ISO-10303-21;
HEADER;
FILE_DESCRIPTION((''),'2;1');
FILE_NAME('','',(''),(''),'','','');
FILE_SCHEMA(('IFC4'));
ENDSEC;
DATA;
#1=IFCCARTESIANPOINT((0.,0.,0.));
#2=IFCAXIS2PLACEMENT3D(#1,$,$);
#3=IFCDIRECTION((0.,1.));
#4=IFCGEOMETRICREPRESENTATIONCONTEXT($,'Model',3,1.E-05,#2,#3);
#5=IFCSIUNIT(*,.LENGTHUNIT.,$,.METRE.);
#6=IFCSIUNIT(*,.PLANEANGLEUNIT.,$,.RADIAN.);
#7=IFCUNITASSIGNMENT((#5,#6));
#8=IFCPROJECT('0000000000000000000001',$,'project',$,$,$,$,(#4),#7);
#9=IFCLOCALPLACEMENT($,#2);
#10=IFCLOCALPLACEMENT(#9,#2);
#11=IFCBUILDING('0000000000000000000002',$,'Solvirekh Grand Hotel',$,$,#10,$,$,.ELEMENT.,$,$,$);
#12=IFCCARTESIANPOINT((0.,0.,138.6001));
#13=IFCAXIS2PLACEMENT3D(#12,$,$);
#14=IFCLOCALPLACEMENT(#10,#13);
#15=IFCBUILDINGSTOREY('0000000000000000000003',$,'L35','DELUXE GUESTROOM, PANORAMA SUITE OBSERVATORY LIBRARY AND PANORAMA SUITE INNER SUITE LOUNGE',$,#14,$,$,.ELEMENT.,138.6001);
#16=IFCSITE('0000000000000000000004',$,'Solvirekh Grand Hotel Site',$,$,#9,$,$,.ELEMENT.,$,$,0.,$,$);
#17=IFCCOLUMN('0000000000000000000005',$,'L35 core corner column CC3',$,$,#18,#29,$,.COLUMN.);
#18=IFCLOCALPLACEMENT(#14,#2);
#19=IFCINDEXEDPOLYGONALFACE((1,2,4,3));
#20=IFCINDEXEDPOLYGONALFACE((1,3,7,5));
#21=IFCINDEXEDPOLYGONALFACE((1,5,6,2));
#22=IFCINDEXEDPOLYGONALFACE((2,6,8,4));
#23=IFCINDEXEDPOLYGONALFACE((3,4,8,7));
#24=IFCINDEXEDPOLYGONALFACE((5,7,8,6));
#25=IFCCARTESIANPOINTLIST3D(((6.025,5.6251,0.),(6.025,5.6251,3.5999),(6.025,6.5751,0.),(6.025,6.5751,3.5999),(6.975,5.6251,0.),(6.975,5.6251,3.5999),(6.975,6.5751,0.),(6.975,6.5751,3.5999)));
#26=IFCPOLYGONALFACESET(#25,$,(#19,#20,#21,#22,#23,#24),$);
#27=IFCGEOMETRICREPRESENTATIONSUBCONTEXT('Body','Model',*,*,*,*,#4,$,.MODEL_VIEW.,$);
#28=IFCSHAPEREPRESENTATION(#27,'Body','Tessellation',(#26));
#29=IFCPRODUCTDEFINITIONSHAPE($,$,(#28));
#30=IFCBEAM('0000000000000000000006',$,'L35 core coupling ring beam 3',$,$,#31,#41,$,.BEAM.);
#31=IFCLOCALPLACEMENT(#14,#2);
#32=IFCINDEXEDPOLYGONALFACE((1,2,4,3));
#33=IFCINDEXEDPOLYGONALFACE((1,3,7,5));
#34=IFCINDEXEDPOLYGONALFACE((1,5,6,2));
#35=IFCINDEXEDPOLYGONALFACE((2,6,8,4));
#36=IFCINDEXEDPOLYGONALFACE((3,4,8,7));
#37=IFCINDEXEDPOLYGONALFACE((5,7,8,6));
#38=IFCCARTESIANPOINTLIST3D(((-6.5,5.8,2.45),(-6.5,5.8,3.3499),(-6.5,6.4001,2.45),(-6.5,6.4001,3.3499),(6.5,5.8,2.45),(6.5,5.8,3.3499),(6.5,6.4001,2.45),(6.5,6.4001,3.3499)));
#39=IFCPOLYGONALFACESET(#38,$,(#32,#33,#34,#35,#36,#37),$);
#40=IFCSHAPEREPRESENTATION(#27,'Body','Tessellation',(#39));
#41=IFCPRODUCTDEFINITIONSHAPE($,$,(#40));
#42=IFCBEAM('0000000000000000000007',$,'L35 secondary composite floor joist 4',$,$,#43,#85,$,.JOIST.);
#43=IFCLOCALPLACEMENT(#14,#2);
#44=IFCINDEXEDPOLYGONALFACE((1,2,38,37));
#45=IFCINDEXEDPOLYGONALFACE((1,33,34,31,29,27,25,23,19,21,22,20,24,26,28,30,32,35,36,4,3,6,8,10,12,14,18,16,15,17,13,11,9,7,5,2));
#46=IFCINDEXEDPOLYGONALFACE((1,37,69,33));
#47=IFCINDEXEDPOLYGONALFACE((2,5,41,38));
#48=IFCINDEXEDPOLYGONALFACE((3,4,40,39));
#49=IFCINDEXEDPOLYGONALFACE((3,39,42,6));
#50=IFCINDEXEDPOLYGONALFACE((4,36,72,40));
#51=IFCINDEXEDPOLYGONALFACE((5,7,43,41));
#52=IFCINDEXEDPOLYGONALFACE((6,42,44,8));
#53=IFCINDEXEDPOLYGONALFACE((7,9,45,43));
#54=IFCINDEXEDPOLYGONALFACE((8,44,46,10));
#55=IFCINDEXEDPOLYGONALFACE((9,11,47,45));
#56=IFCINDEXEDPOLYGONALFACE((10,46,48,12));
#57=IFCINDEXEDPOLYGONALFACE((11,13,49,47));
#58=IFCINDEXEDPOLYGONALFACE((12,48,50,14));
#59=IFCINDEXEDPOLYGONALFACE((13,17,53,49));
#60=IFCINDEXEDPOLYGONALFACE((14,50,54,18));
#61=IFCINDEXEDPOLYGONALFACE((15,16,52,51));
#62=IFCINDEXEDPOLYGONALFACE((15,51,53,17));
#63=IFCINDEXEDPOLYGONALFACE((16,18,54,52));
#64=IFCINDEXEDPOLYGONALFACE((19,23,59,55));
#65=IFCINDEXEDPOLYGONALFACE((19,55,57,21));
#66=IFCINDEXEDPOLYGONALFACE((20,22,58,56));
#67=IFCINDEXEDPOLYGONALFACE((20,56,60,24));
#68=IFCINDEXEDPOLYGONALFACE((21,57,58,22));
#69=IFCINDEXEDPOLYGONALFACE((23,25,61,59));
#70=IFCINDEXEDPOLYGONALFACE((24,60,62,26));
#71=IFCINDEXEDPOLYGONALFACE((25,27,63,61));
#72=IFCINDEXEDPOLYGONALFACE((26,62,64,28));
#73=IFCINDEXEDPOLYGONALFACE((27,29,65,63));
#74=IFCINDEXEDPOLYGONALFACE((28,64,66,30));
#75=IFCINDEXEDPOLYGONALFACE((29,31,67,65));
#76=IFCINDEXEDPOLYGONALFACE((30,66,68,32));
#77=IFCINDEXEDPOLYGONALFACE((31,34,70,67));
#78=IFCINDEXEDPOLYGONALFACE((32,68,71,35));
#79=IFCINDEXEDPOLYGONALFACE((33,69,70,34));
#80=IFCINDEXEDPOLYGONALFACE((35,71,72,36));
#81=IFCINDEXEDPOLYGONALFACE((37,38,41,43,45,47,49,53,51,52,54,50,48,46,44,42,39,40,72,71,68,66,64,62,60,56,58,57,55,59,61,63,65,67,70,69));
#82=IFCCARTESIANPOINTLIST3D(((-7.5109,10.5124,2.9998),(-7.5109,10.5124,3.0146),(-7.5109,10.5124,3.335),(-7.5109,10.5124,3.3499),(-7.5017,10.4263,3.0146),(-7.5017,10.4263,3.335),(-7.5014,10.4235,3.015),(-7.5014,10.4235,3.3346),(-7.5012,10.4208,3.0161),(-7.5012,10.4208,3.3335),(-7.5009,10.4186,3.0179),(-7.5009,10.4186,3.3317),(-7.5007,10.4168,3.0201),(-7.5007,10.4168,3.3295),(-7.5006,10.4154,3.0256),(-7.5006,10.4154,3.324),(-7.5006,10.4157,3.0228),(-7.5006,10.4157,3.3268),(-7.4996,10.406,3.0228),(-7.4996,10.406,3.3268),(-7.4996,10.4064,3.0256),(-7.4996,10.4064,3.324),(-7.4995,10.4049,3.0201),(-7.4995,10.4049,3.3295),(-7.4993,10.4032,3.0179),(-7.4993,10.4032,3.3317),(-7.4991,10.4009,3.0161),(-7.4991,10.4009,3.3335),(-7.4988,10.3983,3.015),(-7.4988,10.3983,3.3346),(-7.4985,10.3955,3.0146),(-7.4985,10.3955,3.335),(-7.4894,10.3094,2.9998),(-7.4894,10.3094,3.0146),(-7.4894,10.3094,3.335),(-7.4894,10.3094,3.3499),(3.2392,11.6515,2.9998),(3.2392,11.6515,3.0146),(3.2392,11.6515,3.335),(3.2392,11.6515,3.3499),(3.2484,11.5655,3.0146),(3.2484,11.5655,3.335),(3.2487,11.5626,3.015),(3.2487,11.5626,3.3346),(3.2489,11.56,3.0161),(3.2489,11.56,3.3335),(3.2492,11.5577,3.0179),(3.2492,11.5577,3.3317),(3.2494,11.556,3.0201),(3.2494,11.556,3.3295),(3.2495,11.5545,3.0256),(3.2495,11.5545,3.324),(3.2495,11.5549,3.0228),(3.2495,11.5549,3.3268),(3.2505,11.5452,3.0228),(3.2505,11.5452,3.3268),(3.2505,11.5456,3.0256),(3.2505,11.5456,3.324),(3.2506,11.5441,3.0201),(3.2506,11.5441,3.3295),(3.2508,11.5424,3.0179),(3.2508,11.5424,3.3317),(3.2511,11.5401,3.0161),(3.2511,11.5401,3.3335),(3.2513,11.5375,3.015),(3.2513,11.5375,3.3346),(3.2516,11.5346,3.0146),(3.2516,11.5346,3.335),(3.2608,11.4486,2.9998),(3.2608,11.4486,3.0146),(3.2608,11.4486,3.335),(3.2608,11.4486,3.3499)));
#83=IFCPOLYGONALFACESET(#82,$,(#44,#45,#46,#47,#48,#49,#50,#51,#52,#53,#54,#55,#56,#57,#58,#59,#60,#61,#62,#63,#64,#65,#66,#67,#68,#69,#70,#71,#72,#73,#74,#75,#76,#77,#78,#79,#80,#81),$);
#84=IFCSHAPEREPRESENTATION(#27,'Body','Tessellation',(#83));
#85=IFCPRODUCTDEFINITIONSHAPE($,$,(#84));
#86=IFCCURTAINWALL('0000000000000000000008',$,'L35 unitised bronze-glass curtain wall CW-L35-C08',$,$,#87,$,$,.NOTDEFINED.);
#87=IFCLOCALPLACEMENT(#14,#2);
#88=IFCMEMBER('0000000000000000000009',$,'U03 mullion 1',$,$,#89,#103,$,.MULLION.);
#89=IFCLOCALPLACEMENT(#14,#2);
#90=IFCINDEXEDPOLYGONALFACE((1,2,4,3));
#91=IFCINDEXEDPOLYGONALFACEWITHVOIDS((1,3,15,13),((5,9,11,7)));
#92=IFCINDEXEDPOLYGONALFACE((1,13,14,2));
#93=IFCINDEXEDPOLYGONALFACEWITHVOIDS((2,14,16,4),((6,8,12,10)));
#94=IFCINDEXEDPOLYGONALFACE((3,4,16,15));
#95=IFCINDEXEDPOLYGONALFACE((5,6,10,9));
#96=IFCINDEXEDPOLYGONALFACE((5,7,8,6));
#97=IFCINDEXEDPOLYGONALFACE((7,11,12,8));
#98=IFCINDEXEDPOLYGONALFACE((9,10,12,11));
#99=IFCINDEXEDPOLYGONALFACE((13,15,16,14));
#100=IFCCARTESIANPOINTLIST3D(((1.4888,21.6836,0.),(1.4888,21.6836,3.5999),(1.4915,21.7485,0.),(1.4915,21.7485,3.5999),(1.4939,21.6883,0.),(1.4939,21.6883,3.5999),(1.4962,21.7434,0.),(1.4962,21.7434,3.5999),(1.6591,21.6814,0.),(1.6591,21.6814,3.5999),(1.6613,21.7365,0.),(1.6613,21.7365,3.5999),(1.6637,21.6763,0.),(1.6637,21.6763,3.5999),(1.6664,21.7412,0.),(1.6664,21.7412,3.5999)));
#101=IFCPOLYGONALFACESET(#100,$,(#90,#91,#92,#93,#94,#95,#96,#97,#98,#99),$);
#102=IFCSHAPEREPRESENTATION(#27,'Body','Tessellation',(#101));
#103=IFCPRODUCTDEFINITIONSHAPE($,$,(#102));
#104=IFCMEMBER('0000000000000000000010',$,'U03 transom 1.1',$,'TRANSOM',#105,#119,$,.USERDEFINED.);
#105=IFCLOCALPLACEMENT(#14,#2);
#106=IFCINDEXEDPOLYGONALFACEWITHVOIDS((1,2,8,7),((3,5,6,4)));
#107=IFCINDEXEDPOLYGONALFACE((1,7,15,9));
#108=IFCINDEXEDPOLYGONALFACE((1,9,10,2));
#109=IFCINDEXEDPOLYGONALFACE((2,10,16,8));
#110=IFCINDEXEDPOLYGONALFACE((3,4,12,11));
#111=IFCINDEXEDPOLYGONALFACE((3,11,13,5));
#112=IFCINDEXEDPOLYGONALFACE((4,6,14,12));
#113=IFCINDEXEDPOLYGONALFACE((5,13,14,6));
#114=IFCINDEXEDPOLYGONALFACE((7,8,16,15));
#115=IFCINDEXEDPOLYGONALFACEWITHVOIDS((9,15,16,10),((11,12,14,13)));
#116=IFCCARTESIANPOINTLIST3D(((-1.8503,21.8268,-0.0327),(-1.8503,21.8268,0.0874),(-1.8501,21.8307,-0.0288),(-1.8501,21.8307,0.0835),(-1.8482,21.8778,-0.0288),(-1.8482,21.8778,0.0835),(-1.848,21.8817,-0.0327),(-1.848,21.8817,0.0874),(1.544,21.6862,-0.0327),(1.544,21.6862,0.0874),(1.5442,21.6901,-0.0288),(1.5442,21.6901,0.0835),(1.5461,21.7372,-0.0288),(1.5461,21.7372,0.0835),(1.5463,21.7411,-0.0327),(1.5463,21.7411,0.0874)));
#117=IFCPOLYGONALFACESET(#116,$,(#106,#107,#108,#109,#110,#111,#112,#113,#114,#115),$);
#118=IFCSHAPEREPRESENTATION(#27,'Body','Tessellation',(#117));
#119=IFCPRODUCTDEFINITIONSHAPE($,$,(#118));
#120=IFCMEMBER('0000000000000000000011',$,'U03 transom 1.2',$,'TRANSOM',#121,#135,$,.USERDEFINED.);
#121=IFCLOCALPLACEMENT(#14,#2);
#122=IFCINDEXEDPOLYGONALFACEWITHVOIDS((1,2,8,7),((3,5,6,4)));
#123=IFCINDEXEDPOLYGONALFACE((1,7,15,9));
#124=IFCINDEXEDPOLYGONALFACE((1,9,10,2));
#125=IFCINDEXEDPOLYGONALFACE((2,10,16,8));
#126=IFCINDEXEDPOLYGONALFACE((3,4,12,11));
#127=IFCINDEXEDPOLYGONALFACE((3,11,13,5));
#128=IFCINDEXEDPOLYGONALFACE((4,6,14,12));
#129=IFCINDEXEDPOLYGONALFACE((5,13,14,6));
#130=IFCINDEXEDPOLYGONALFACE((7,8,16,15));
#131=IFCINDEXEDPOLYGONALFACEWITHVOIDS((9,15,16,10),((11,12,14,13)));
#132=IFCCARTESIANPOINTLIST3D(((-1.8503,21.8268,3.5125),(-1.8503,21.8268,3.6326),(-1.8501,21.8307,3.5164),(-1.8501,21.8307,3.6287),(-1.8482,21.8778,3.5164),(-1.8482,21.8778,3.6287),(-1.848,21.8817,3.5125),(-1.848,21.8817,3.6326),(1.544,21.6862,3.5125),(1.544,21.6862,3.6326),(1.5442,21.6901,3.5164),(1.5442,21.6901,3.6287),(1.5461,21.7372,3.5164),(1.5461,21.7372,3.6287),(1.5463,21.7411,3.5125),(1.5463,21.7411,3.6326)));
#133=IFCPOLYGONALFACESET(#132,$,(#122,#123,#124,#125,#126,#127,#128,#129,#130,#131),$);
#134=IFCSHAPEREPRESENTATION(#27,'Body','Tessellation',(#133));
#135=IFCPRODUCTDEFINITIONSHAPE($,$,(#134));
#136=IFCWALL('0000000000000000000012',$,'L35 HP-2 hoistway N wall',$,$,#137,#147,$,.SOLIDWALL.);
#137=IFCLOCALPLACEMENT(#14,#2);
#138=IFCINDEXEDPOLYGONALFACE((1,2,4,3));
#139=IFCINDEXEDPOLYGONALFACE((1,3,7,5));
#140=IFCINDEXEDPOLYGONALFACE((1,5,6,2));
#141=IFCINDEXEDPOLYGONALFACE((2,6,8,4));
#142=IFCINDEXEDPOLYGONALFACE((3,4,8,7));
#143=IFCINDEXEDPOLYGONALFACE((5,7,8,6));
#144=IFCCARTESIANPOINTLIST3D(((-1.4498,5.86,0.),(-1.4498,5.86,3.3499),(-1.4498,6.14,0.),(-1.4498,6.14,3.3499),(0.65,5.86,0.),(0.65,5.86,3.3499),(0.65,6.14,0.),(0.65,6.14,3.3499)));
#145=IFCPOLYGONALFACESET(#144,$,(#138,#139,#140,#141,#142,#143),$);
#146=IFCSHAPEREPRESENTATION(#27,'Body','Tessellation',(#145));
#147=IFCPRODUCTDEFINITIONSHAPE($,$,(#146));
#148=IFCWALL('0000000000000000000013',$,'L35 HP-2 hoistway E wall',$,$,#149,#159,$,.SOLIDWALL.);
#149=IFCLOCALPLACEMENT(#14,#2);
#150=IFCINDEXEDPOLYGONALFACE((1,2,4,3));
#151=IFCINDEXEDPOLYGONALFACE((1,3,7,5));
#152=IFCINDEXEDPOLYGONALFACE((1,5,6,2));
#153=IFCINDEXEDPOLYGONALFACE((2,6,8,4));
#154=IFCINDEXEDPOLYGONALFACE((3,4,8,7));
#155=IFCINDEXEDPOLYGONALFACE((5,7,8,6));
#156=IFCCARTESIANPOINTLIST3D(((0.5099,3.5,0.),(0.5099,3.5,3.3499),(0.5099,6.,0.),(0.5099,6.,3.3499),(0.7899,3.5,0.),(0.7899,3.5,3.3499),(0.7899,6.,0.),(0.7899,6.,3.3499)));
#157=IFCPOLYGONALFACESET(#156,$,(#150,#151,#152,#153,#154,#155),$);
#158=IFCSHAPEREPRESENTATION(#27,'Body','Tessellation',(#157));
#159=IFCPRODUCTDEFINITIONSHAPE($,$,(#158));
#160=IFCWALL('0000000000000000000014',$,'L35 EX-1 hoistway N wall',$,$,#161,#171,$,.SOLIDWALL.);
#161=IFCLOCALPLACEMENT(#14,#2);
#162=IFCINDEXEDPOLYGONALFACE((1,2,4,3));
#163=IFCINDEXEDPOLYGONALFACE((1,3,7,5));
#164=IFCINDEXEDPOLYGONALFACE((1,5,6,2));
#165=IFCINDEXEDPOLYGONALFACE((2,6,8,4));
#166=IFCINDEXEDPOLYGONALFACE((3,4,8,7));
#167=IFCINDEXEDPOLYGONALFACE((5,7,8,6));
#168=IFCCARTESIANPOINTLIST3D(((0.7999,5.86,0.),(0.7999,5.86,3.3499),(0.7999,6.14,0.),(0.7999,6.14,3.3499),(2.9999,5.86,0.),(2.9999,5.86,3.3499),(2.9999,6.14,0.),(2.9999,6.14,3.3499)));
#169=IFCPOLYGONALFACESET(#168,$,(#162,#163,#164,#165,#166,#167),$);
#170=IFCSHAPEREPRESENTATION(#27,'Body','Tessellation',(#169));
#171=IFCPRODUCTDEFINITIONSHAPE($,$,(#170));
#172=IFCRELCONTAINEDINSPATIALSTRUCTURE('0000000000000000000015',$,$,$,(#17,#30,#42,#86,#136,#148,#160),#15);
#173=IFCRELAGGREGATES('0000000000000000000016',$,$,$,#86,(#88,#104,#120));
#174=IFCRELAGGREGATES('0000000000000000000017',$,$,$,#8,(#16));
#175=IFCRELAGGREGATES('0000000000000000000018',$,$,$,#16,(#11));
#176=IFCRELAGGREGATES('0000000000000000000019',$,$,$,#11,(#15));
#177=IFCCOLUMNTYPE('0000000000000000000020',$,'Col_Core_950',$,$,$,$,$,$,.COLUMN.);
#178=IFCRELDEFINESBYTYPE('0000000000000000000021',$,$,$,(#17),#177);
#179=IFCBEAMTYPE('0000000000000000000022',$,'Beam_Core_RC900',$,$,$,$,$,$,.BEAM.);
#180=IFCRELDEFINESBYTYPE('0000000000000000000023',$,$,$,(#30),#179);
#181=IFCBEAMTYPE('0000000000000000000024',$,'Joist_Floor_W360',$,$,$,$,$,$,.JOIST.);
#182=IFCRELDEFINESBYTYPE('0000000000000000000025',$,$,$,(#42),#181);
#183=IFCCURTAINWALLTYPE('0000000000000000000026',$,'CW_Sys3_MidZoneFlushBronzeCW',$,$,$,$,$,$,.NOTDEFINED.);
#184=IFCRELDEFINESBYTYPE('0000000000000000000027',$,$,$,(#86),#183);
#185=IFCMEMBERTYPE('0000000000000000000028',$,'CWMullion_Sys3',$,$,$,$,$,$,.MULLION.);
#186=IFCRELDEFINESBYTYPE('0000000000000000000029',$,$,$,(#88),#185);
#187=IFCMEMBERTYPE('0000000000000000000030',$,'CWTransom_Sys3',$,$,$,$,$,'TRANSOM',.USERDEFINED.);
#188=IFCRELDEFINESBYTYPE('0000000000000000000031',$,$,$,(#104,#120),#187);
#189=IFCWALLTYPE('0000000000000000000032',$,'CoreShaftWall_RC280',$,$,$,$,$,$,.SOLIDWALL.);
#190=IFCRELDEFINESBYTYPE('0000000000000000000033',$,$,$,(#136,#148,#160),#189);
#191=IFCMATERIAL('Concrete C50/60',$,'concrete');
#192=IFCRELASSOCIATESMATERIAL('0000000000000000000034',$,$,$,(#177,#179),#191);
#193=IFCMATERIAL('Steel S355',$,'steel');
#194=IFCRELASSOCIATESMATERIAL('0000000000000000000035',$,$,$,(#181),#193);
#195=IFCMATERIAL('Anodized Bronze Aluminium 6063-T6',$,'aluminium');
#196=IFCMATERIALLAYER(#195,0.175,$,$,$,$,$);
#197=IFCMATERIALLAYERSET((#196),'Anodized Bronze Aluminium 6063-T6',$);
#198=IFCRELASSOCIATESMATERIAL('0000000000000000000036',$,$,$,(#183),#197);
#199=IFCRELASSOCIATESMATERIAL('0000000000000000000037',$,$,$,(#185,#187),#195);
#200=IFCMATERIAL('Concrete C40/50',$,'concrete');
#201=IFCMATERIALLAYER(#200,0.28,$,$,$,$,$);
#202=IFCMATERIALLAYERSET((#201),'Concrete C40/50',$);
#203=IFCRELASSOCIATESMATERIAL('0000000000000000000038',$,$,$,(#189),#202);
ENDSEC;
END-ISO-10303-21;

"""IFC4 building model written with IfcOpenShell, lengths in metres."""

from ifc_helpers import new_model, si_unit, direction, frame, frame_2d, origin, origin_2d, place, context, subcontext, project, spatial, rectangle, hollow_rectangle, i_section, extrude, source, transform, mapped, material, layer, layer_set, material_profile, profile_set, type_object, element, aggregate, save


model = new_model("IFC4")

# Units and contexts
model_context = context("Model", 3, precision=1e-05, world=origin(), true_north=direction((0.0, 1.0)))
body_context = subcontext(model_context, "Body", "Model", "MODEL_VIEW")
ifc_project = project(units=[si_unit("LENGTHUNIT", "METRE"), si_unit("PLANEANGLEUNIT", "RADIAN")], contexts=[model_context])

# Site, building, storey
site_placement = place(None, origin())
site = spatial("IfcSite", under=ifc_project, at=site_placement, Name="Solvirekh Grand Hotel Site", CompositionType="ELEMENT", RefElevation=0.0)
building_placement = place(site_placement, origin())
building = spatial("IfcBuilding", under=site, at=building_placement, Name="Solvirekh Grand Hotel", CompositionType="ELEMENT")
storey_placement = place(building_placement, frame((0.0, 0.0, 138.6001)))
storey = spatial("IfcBuildingStorey", under=building, at=storey_placement, Name="L35", Description="DELUXE GUESTROOM, PANORAMA SUITE OBSERVATORY LIBRARY AND PANORAMA SUITE INNER SUITE LOUNGE", CompositionType="ELEMENT", Elevation=138.6001)

# Column
ifc_material_1 = material(Name="Concrete C50/60", Category="concrete")
ifc_material_profile_1 = material_profile(ifc_material_1, rectangle(XDim=0.95, YDim=0.95, at=origin_2d()), Name="RC 950X950")
ifc_profile_set_1 = profile_set([ifc_material_profile_1], Name="Concrete C50/60")
column_type = type_object("IfcColumnType", Name="Col_Core_950", PredefinedType="COLUMN", material=ifc_profile_set_1)
column_placement = place(storey_placement, frame((6.5, 6.1001, 0.0), z_axis=(0.0, 0.0, 1.0), x_axis=(1.0, 0.0, 0.0)))
element("IfcColumn", 1, at=column_placement, inside=storey, type_object=column_type, Name="L35 core corner column CC3", PredefinedType="COLUMN", context=body_context, shape_type="SweptSolid", body=[
    extrude(rectangle(XDim=0.95, YDim=0.95, at=origin_2d()), origin(), (0.0, 0.0, 1.0), 3.5999),
])

# Beams
ifc_material_profile_2 = material_profile(ifc_material_1, rectangle(XDim=0.6001, YDim=0.8999, at=origin_2d()), Name="RC BEAM 600X900")
ifc_profile_set_2 = profile_set([ifc_material_profile_2], Name="Concrete C50/60")
beam_type_1 = type_object("IfcBeamType", Name="Beam_Core_RC900", PredefinedType="BEAM", material=ifc_profile_set_2)
beam_1_placement = place(storey_placement, frame((6.5, 6.1001, 2.8999), z_axis=(-1.0, 0.0, 0.0), x_axis=(0.0, -1.0, 0.0)))
element("IfcBeam", 2, at=beam_1_placement, inside=storey, type_object=beam_type_1, Name="L35 core coupling ring beam 3", PredefinedType="BEAM", context=body_context, shape_type="SweptSolid", body=[
    extrude(rectangle(XDim=0.6001, YDim=0.8999, at=origin_2d()), origin(), (0.0, 0.0, 1.0), 13.0),
])
ifc_material_2 = material(Name="Steel S355", Category="steel")
ifc_material_profile_3 = material_profile(ifc_material_2, i_section(OverallWidth=0.2041, OverallDepth=0.3501, WebThickness=0.009, FlangeThickness=0.0149, FilletRadius=0.011, at=origin_2d()), Name="W360X72")
ifc_profile_set_3 = profile_set([ifc_material_profile_3], Name="Steel S355")
beam_type_2 = type_object("IfcBeamType", Name="Joist_Floor_W360", PredefinedType="JOIST", material=ifc_profile_set_3)
beam_2_placement = place(storey_placement, frame((3.25, 11.55, 3.1748), z_axis=(-0.994432, -0.105378, 0.0), x_axis=(0.105378, -0.994432, 0.0)))
element("IfcBeam", 3, at=beam_2_placement, inside=storey, type_object=beam_type_2, Name="L35 secondary composite floor joist 4", PredefinedType="JOIST", context=body_context, shape_type="SweptSolid", body=[
    extrude(i_section(OverallWidth=0.2041, OverallDepth=0.3501, WebThickness=0.009, FlangeThickness=0.0149, FilletRadius=0.011, at=origin_2d()), origin(), (0.0, 0.0, 1.0), 10.8103),
])

# Curtain wall, members
ifc_material_3 = material(Name="Anodized Bronze Aluminium 6063-T6", Category="aluminium")
ifc_layer_1 = layer(ifc_material_3, 0.175)
ifc_layer_set_1 = layer_set([ifc_layer_1], Name="Anodized Bronze Aluminium 6063-T6")
curtain_wall_type = type_object("IfcCurtainWallType", Name="CW_Sys3_MidZoneFlushBronzeCW", PredefinedType="NOTDEFINED", material=ifc_layer_set_1)
curtain_wall_placement = place(storey_placement, origin())
curtain_wall = element("IfcCurtainWall", 4, at=curtain_wall_placement, inside=storey, type_object=curtain_wall_type, Name="L35 unitised bronze-glass curtain wall CW-L35-C08", PredefinedType="NOTDEFINED")
ifc_material_profile_4 = material_profile(ifc_material_3, hollow_rectangle(XDim=0.0649, YDim=0.175, WallThickness=0.0049, at=origin_2d()), Name="ALU RHS 175X65X5")
ifc_profile_set_4 = profile_set([ifc_material_profile_4], Name="Anodized Bronze Aluminium 6063-T6")
member_type_1 = type_object("IfcMemberType", Name="CWMullion_Sys3", PredefinedType="MULLION", material=ifc_profile_set_4)
shared_shape_1 = source(origin(), body_context, "Body", "SweptSolid", [
    extrude(hollow_rectangle(XDim=0.0649, YDim=0.175, WallThickness=0.0049, at=origin_2d()), origin(), (0.0, 0.0, 1.0), 3.5999),
])
member_1_placement = place(storey_placement, frame((1.5776, 21.7124, 0.0), z_axis=(0.0, 0.0, 1.0), x_axis=(-0.041351, -0.999145, 0.0)))
member_1 = element("IfcMember", 5, at=member_1_placement, type_object=member_type_1, Name="U03 mullion 1", PredefinedType="MULLION", context=body_context, shape_type="MappedRepresentation", body=[
    mapped(shared_shape_1, transform((0.0, 0.0, 0.0), x_axis=(1.0, 0.0, 0.0), y_axis=(0.0, 1.0, 0.0), z_axis=(0.0, 0.0, 1.0), scale=1.0)),
])
ifc_material_profile_5 = material_profile(ifc_material_3, hollow_rectangle(XDim=0.0549, YDim=0.1201, WallThickness=0.0039, at=origin_2d()), Name="ALU RHS 120X55X4")
ifc_profile_set_5 = profile_set([ifc_material_profile_5], Name="Anodized Bronze Aluminium 6063-T6")
member_type_2 = type_object("IfcMemberType", Name="CWTransom_Sys3", ElementType="TRANSOM", PredefinedType="USERDEFINED", material=ifc_profile_set_5)
shared_shape_2 = source(origin(), body_context, "Body", "SweptSolid", [
    extrude(hollow_rectangle(XDim=0.0549, YDim=0.1201, WallThickness=0.0039, at=origin_2d()), origin(), (0.0, 0.0, 1.0), 3.3972),
])
member_2_placement = place(storey_placement, frame((1.5452, 21.7136, 0.0273), z_axis=(-0.999143, 0.041394, 0.0), x_axis=(-0.041394, -0.999143, 0.0)))
member_2 = element("IfcMember", 6, at=member_2_placement, type_object=member_type_2, Name="U03 transom 1.1", ObjectType="TRANSOM", PredefinedType="USERDEFINED", context=body_context, shape_type="MappedRepresentation", body=[
    mapped(shared_shape_2, transform((0.0, 0.0, 0.0), x_axis=(1.0, 0.0, 0.0), y_axis=(0.0, 1.0, 0.0), z_axis=(0.0, 0.0, 1.0), scale=1.0)),
])
member_3_placement = place(storey_placement, frame((1.5452, 21.7136, 3.5725), z_axis=(-0.999143, 0.041394, 0.0), x_axis=(-0.041394, -0.999143, 0.0)))
member_3 = element("IfcMember", 7, at=member_3_placement, type_object=member_type_2, Name="U03 transom 1.2", ObjectType="TRANSOM", PredefinedType="USERDEFINED", context=body_context, shape_type="MappedRepresentation", body=[
    mapped(shared_shape_2, transform((0.0, 0.0, 0.0), x_axis=(1.0, 0.0, 0.0), y_axis=(0.0, 1.0, 0.0), z_axis=(0.0, 0.0, 1.0), scale=1.0)),
])
aggregate(curtain_wall, [member_1, member_2, member_3])

# Walls
ifc_material_4 = material(Name="Concrete C40/50", Category="concrete")
ifc_layer_2 = layer(ifc_material_4, 0.28)
ifc_layer_set_2 = layer_set([ifc_layer_2], Name="Concrete C40/50")
wall_type_1 = type_object("IfcWallType", Name="CoreShaftWall_RC280", PredefinedType="SOLIDWALL", material=ifc_layer_set_2)
wall_1_placement = place(storey_placement, frame((0.6499, 6.0, 0.0), z_axis=(0.0, 0.0, 1.0), x_axis=(-1.0, 0.0, 0.0)))
element("IfcWall", 8, at=wall_1_placement, inside=storey, type_object=wall_type_1, Name="L35 HP-2 hoistway N wall", PredefinedType="SOLIDWALL", context=body_context, shape_type="SweptSolid", body=[
    extrude(rectangle(XDim=2.0999, YDim=0.28, at=frame_2d((1.0498, 0.0))), origin(), (0.0, 0.0, 1.0), 3.3499),
])
wall_2_placement = place(storey_placement, frame((0.6499, 3.5, 0.0), z_axis=(0.0, 0.0, 1.0), x_axis=(0.0, 1.0, 0.0)))
element("IfcWall", 9, at=wall_2_placement, inside=storey, type_object=wall_type_1, Name="L35 HP-2 hoistway E wall", PredefinedType="SOLIDWALL", context=body_context, shape_type="SweptSolid", body=[
    extrude(rectangle(XDim=2.5, YDim=0.28, at=frame_2d((1.25, 0.0))), origin(), (0.0, 0.0, 1.0), 3.3499),
])
wall_3_placement = place(storey_placement, frame((3.0, 6.0, 0.0), z_axis=(0.0, 0.0, 1.0), x_axis=(-1.0, 0.0, 0.0)))
element("IfcWall", 10, at=wall_3_placement, inside=storey, type_object=wall_type_1, Name="L35 EX-1 hoistway N wall", PredefinedType="SOLIDWALL", context=body_context, shape_type="SweptSolid", body=[
    extrude(rectangle(XDim=2.2, YDim=0.28, at=frame_2d((1.1001, 0.0))), origin(), (0.0, 0.0, 1.0), 3.3499),
])

save(model, "model.ifc")
